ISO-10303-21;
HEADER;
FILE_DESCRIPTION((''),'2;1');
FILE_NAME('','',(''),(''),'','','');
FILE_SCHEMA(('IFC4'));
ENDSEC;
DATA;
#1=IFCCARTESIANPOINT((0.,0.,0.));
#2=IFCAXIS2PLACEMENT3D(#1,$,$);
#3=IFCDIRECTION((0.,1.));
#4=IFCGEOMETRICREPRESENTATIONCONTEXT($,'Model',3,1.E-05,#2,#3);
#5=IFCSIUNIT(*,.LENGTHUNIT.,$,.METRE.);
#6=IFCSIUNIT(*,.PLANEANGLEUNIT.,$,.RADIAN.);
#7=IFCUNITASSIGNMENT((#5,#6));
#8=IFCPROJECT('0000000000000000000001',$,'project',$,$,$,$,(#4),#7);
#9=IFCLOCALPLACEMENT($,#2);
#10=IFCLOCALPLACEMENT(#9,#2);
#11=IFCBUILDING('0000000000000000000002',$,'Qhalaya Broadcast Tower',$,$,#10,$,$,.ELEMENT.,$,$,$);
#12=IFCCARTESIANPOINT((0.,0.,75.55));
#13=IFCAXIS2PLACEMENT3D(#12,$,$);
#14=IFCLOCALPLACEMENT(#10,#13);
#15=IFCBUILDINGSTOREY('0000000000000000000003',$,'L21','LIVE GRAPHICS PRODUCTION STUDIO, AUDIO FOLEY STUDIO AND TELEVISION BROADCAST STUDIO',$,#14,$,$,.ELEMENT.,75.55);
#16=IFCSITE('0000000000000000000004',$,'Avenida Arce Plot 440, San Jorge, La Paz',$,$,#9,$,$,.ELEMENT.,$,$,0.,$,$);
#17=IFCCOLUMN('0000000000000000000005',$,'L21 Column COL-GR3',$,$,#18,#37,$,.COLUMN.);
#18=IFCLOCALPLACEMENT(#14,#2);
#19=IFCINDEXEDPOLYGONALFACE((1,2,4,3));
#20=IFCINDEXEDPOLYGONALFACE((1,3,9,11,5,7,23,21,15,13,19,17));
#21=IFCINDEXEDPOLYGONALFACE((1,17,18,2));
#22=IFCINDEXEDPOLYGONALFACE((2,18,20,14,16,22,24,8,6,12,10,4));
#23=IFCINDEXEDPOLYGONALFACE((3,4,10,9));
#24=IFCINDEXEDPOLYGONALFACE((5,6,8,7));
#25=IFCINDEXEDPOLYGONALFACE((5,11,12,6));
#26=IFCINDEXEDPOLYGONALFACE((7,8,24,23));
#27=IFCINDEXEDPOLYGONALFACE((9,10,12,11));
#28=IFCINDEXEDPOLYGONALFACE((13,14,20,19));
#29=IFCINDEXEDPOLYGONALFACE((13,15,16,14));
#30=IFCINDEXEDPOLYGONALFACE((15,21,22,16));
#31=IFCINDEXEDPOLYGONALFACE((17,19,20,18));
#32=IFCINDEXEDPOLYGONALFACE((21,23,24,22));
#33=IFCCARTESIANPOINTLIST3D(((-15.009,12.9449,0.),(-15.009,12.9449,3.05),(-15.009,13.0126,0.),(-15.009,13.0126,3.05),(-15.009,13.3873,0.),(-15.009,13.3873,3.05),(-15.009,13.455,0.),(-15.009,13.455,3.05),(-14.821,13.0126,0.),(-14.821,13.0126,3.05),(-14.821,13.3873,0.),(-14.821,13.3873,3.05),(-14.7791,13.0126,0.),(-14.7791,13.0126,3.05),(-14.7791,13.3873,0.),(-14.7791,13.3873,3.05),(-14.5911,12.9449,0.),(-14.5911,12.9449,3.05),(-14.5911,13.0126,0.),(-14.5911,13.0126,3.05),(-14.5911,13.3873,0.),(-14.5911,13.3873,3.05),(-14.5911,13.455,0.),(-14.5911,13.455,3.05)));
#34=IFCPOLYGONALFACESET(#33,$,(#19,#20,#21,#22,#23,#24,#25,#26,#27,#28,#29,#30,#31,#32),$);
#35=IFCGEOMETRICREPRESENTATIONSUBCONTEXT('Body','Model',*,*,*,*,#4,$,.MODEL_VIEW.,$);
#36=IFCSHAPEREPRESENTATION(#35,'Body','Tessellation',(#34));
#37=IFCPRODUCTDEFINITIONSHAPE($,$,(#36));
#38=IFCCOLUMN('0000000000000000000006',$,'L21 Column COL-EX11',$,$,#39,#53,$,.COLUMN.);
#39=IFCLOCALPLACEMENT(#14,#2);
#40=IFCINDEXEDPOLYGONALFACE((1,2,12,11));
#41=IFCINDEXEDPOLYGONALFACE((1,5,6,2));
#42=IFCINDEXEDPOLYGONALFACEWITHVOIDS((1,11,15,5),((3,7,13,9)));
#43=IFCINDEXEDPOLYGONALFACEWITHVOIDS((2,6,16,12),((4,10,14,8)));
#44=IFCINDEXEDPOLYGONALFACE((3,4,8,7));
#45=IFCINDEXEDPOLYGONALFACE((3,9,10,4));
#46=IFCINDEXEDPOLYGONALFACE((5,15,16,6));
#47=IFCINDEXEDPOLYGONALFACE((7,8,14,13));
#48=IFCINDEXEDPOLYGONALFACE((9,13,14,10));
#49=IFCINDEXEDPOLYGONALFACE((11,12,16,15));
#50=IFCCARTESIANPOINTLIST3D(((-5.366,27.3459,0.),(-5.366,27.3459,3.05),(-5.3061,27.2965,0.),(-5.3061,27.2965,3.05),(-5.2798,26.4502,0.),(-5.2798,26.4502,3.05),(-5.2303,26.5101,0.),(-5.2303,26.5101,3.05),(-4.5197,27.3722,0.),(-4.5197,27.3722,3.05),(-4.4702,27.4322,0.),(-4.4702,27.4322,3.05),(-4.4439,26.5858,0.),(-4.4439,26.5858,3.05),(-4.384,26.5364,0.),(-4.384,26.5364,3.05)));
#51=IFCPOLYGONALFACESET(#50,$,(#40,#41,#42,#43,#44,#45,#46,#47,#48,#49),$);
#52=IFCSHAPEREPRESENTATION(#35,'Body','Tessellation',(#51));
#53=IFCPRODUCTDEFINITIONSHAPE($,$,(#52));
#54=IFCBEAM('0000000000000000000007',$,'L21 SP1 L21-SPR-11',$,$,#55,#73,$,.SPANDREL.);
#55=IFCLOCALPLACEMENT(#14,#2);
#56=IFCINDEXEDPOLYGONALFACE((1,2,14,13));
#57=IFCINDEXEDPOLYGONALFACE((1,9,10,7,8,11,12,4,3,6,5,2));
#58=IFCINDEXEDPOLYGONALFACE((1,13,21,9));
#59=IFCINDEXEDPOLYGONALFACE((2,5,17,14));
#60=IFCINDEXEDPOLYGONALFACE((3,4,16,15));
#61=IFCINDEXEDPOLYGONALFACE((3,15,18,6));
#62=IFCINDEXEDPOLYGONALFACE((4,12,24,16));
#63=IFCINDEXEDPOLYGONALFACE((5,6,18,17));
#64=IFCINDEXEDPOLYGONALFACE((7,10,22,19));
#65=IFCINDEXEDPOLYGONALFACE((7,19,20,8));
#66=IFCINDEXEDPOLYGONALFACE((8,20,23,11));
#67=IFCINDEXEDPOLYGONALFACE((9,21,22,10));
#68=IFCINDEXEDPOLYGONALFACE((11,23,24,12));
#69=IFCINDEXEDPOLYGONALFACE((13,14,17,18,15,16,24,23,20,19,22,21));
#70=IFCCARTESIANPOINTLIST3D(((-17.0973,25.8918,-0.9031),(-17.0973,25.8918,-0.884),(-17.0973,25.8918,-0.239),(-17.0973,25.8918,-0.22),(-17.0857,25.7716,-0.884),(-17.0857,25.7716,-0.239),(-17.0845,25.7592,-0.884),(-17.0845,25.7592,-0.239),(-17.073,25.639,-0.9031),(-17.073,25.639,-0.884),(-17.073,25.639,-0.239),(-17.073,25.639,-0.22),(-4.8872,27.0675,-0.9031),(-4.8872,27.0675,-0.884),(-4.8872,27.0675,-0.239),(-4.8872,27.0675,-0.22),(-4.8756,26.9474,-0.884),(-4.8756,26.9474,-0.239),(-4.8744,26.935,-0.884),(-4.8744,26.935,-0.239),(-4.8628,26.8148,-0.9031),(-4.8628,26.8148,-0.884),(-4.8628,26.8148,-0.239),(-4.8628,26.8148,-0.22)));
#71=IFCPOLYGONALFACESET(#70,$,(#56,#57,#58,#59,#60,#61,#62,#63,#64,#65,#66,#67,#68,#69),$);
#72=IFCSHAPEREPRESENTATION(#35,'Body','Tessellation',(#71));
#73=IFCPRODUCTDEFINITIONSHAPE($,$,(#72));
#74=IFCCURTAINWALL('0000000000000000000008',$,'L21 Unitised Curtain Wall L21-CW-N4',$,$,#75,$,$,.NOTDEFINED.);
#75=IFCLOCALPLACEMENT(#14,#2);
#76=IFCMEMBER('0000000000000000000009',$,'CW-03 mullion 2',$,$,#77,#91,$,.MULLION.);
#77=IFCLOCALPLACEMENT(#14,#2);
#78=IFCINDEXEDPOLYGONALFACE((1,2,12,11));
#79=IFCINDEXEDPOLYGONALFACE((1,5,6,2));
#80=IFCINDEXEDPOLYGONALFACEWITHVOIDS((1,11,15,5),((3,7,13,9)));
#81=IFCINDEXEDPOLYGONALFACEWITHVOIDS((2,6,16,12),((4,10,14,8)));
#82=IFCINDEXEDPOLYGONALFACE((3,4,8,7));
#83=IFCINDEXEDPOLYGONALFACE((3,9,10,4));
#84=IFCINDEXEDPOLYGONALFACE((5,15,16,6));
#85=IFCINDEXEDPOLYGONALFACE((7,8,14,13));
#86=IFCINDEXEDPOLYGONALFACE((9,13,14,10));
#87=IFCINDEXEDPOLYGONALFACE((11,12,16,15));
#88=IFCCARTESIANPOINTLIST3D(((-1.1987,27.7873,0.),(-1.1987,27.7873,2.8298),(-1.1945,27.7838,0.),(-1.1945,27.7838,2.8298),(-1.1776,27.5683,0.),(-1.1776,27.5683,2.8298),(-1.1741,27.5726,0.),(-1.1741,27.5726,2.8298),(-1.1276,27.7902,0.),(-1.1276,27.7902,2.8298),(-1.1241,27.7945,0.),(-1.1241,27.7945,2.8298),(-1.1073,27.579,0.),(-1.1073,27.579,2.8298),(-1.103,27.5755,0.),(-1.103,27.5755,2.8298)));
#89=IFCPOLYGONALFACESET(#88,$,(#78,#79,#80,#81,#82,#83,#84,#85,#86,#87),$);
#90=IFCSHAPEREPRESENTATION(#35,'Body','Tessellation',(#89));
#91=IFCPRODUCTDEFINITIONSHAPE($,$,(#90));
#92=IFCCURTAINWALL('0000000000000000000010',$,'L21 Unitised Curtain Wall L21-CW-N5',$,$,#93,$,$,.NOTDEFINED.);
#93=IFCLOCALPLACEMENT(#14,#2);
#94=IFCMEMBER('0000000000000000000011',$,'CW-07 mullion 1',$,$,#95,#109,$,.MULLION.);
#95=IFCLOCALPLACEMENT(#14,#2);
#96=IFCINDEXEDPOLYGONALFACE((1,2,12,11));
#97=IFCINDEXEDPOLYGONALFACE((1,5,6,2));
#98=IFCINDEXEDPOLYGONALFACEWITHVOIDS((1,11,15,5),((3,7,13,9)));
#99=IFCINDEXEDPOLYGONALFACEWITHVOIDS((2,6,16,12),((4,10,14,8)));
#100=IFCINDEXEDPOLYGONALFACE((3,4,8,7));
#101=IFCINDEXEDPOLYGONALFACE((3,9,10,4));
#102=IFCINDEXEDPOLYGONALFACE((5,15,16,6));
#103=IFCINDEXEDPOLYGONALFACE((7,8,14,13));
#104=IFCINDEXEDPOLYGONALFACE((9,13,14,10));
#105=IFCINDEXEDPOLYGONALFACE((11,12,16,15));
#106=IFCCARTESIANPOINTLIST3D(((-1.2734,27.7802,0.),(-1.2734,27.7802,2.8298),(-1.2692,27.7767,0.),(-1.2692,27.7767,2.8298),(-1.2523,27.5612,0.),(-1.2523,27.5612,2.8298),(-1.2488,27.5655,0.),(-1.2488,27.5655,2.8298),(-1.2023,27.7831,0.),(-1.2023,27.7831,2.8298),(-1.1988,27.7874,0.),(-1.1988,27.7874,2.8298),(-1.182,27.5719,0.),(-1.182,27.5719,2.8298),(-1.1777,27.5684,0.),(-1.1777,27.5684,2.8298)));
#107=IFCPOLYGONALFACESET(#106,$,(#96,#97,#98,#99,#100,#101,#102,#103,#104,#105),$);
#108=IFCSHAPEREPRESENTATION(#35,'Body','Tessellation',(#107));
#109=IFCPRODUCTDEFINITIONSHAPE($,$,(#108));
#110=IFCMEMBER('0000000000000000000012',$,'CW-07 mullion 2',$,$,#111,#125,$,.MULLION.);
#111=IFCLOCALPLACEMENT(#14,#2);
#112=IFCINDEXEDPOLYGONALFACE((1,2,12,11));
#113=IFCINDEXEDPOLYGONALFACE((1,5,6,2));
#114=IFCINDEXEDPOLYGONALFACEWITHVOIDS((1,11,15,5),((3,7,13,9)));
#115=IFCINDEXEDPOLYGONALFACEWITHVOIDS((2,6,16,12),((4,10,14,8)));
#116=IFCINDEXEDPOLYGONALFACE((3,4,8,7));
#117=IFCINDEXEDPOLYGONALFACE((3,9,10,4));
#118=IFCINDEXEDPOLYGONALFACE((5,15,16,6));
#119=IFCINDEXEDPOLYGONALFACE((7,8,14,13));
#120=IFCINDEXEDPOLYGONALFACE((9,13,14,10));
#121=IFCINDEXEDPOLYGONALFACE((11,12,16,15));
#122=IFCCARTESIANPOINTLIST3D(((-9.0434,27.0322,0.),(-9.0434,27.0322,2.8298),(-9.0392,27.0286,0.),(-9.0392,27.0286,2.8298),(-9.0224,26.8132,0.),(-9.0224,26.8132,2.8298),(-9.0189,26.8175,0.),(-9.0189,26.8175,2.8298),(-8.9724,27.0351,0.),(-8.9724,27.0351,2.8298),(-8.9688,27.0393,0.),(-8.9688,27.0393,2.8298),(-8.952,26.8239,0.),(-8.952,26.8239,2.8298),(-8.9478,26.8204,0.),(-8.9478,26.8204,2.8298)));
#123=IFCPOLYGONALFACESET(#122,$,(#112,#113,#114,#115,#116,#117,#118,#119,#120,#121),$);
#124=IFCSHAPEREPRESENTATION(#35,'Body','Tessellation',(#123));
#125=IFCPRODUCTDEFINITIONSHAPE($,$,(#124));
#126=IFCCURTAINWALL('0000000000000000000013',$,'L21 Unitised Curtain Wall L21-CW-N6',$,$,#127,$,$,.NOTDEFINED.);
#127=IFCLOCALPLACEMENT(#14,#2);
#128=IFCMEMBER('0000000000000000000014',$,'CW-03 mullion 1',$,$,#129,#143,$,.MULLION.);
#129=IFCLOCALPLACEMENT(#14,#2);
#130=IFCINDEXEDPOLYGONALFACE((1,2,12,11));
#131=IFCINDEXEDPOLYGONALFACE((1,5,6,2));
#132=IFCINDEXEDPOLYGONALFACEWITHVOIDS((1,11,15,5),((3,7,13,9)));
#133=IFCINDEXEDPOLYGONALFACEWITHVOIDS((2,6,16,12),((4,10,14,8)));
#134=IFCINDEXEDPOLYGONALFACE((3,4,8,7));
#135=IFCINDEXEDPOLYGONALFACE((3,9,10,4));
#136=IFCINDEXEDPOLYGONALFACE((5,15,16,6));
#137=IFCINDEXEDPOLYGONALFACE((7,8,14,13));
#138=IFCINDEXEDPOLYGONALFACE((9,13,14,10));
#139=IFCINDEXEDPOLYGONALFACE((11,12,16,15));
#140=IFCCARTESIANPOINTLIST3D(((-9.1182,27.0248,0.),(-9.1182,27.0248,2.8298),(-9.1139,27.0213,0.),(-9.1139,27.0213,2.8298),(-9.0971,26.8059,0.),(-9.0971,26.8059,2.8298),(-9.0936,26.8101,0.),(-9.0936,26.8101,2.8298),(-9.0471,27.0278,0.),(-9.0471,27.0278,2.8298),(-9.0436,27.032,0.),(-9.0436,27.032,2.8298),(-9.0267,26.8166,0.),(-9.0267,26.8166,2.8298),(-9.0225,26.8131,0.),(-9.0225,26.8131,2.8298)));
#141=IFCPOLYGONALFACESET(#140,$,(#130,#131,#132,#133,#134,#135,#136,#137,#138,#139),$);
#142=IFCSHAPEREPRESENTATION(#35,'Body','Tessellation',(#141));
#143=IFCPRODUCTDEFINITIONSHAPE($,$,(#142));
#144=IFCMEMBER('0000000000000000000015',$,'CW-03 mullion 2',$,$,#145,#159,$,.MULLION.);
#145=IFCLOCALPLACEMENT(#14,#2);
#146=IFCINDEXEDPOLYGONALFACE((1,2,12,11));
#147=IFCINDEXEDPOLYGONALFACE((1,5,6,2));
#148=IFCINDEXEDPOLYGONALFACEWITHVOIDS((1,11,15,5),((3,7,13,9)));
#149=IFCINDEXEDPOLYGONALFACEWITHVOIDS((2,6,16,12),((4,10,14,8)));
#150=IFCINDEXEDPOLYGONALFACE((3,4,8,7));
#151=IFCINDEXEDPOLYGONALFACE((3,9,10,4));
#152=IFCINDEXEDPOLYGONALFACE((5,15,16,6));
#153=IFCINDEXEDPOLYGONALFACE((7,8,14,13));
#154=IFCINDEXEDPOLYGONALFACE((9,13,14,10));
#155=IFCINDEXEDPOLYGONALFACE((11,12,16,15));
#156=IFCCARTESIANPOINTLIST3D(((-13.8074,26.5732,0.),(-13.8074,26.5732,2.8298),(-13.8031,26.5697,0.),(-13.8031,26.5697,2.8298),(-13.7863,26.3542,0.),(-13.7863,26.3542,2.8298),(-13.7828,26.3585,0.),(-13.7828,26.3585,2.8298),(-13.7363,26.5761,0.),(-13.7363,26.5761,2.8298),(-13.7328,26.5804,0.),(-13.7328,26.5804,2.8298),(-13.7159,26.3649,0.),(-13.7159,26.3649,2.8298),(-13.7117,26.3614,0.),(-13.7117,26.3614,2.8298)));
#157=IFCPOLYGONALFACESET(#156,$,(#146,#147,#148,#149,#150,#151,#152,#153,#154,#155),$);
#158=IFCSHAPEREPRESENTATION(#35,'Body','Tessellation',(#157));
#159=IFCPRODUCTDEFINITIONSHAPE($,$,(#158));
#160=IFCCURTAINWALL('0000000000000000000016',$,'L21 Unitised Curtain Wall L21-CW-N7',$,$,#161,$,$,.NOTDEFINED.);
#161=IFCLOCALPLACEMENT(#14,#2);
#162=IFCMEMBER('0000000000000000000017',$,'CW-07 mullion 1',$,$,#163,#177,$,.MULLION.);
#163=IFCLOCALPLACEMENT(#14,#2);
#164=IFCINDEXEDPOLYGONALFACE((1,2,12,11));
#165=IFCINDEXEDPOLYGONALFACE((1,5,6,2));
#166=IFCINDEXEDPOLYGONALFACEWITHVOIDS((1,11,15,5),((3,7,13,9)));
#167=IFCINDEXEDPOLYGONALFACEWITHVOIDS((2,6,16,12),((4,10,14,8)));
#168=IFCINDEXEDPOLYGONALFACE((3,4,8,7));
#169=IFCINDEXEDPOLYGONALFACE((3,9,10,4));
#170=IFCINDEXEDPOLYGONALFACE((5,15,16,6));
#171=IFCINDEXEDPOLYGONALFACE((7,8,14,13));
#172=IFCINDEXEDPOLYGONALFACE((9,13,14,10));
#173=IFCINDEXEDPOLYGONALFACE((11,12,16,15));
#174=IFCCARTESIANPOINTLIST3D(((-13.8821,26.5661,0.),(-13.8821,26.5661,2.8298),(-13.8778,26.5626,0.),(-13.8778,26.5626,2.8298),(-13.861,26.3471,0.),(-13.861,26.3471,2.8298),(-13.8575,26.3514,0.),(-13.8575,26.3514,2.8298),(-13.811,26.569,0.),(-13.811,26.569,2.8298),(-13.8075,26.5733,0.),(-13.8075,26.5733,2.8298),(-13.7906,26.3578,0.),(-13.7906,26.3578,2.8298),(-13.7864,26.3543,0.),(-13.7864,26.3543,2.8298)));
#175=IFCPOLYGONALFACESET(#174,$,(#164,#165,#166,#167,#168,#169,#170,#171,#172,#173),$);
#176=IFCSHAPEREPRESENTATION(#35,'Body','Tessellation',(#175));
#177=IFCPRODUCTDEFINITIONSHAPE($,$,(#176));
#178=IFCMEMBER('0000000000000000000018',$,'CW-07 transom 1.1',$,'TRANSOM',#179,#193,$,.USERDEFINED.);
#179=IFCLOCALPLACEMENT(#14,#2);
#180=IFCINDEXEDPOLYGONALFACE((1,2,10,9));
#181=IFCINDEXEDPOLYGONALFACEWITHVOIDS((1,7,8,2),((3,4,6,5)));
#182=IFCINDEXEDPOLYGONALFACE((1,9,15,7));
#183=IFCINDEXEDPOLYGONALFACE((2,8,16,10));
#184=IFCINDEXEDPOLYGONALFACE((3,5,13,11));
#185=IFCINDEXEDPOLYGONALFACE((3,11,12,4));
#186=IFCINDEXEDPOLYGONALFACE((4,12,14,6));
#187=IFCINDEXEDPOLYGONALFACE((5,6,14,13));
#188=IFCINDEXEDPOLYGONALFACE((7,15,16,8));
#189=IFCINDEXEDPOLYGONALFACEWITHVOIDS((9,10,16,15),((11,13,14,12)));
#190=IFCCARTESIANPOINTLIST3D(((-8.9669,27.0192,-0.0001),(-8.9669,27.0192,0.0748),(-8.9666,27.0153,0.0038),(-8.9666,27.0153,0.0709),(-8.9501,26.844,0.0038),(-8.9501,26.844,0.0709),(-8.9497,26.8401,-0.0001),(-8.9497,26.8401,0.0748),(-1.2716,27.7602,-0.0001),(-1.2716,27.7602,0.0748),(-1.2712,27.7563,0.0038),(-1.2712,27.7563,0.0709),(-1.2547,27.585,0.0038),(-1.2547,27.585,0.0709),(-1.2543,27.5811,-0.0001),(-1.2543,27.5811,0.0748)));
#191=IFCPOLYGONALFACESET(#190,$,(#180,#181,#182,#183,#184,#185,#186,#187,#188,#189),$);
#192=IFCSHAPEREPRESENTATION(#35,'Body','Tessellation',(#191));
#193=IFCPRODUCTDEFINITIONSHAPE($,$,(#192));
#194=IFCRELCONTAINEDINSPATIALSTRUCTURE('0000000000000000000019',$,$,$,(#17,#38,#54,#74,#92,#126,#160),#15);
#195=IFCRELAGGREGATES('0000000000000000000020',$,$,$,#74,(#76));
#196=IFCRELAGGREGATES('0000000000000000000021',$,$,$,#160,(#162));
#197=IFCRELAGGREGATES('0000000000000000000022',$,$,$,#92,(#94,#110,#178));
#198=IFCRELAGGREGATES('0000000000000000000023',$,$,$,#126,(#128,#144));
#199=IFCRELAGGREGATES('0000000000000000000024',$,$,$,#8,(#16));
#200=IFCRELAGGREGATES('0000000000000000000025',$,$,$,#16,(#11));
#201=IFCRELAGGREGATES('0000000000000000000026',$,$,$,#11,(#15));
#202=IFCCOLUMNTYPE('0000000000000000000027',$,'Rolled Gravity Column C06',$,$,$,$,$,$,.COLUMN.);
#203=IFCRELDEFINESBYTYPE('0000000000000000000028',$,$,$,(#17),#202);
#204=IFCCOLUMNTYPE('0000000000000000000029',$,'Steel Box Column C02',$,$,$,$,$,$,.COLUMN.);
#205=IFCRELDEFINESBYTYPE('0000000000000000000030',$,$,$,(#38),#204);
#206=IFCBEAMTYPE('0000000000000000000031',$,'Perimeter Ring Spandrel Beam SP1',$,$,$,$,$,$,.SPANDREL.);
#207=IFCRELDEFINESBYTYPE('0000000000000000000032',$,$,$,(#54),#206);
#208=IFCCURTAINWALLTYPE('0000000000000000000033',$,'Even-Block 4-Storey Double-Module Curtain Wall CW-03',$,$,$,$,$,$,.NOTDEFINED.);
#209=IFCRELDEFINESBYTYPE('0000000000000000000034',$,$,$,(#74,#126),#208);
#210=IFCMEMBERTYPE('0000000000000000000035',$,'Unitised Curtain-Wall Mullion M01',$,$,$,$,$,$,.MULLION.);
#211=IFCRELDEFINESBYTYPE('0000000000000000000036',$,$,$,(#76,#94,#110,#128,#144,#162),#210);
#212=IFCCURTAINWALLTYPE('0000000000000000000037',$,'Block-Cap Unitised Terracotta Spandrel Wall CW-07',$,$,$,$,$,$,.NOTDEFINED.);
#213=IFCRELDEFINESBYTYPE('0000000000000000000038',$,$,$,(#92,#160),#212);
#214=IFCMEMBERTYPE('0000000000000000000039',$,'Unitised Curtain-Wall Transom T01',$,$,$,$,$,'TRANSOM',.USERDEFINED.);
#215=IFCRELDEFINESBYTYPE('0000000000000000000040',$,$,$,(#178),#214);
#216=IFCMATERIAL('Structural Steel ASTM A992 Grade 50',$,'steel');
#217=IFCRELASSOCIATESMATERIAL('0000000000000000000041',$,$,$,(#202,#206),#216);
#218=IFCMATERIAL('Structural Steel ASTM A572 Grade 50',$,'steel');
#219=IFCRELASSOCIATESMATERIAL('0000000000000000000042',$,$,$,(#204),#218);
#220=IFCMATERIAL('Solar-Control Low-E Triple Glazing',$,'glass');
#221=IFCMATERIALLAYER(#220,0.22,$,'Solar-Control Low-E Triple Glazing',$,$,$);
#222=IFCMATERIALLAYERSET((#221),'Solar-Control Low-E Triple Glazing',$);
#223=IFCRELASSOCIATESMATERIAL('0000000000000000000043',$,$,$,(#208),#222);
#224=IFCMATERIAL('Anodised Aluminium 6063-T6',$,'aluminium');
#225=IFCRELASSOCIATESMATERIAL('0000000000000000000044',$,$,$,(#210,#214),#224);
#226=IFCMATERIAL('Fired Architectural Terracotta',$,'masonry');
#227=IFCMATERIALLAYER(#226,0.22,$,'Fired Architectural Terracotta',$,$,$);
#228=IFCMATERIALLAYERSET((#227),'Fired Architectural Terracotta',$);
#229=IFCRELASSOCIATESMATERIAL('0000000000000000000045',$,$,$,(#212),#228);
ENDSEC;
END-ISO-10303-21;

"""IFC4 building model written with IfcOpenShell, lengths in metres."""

from ifc_helpers import new_model, si_unit, direction, frame, origin, origin_2d, place, context, subcontext, project, spatial, hollow_rectangle, i_section, extrude, material, layer, layer_set, material_profile, profile_set, type_object, element, aggregate, save


model = new_model("IFC4")

# Units and contexts
model_context = context("Model", 3, precision=1e-05, world=origin(), true_north=direction((0.0, 1.0)))
body_context = subcontext(model_context, "Body", "Model", "MODEL_VIEW")
ifc_project = project(units=[si_unit("LENGTHUNIT", "METRE"), si_unit("PLANEANGLEUNIT", "RADIAN")], contexts=[model_context])

# Site, building, storey
site_placement = place(None, origin())
site = spatial("IfcSite", under=ifc_project, at=site_placement, Name="Avenida Arce Plot 440, San Jorge, La Paz", CompositionType="ELEMENT", RefElevation=0.0)
building_placement = place(site_placement, origin())
building = spatial("IfcBuilding", under=site, at=building_placement, Name="Qhalaya Broadcast Tower", CompositionType="ELEMENT")
storey_placement = place(building_placement, frame((0.0, 0.0, 75.55)))
storey = spatial("IfcBuildingStorey", under=building, at=storey_placement, Name="L21", Description="LIVE GRAPHICS PRODUCTION STUDIO, AUDIO FOLEY STUDIO AND TELEVISION BROADCAST STUDIO", CompositionType="ELEMENT", Elevation=75.55)

# Columns
ifc_material_1 = material(Name="Structural Steel ASTM A992 Grade 50", Category="steel")
ifc_material_profile_1 = material_profile(ifc_material_1, i_section(OverallWidth=0.418, OverallDepth=0.51, WebThickness=0.042, FlangeThickness=0.0676, at=origin_2d()), Name="W14X370")
ifc_profile_set_1 = profile_set([ifc_material_profile_1], Name="Structural Steel ASTM A992 Grade 50")
column_type_1 = type_object("IfcColumnType", Name="Rolled Gravity Column C06", PredefinedType="COLUMN", material=ifc_profile_set_1)
column_1_placement = place(storey_placement, frame((-14.8, 13.2, 0.0), z_axis=(0.0, 0.0, 1.0), x_axis=(1.0, 0.0, 0.0)))
element("IfcColumn", 1, at=column_1_placement, inside=storey, type_object=column_type_1, Name="L21 Column COL-GR3", PredefinedType="COLUMN", context=body_context, shape_type="SweptSolid", body=[
    extrude(i_section(OverallWidth=0.418, OverallDepth=0.51, WebThickness=0.042, FlangeThickness=0.0676, at=origin_2d()), origin(), (0.0, 0.0, 1.0), 3.05),
])
ifc_material_2 = material(Name="Structural Steel ASTM A572 Grade 50", Category="steel")
ifc_material_profile_2 = material_profile(ifc_material_2, hollow_rectangle(XDim=0.8999, YDim=0.8999, WallThickness=0.0549, at=origin_2d()), Name="BOX 900x900x55")
ifc_profile_set_2 = profile_set([ifc_material_profile_2], Name="Structural Steel ASTM A572 Grade 50")
column_type_2 = type_object("IfcColumnType", Name="Steel Box Column C02", PredefinedType="COLUMN", material=ifc_profile_set_2)
column_2_placement = place(storey_placement, frame((-4.875, 26.9412, 0.0), z_axis=(0.0, 0.0, 1.0), x_axis=(0.995396, 0.095846, 0.0)))
element("IfcColumn", 2, at=column_2_placement, inside=storey, type_object=column_type_2, Name="L21 Column COL-EX11", PredefinedType="COLUMN", context=body_context, shape_type="SweptSolid", body=[
    extrude(hollow_rectangle(XDim=0.8999, YDim=0.8999, WallThickness=0.0549, at=origin_2d()), origin(), (0.0, 0.0, 1.0), 3.05),
])

# Beam
ifc_material_profile_3 = material_profile(ifc_material_1, i_section(OverallWidth=0.2539, OverallDepth=0.6831, WebThickness=0.0125, FlangeThickness=0.019, at=origin_2d()), Name="W27X94")
ifc_profile_set_3 = profile_set([ifc_material_profile_3], Name="Structural Steel ASTM A992 Grade 50")
beam_type = type_object("IfcBeamType", Name="Perimeter Ring Spandrel Beam SP1", PredefinedType="SPANDREL", material=ifc_profile_set_3)
beam_placement = place(storey_placement, frame((-4.875, 26.9412, -0.5615), z_axis=(-0.995396, -0.095852, 0.0), x_axis=(0.095852, -0.995396, 0.0)))
element("IfcBeam", 3, at=beam_placement, inside=storey, type_object=beam_type, Name="L21 SP1 L21-SPR-11", PredefinedType="SPANDREL", context=body_context, shape_type="SweptSolid", body=[
    extrude(i_section(OverallWidth=0.2539, OverallDepth=0.6831, WebThickness=0.0125, FlangeThickness=0.019, at=origin_2d()), origin(), (0.0, 0.0, 1.0), 12.2666),
])

# Curtain wall, member
ifc_material_3 = material(Name="Solar-Control Low-E Triple Glazing", Category="glass")
ifc_layer_1 = layer(ifc_material_3, 0.22, Name="Solar-Control Low-E Triple Glazing")
ifc_layer_set_1 = layer_set([ifc_layer_1], Name="Solar-Control Low-E Triple Glazing")
curtain_wall_type_1 = type_object("IfcCurtainWallType", Name="Even-Block 4-Storey Double-Module Curtain Wall CW-03", PredefinedType="NOTDEFINED", material=ifc_layer_set_1)
curtain_wall_1_placement = place(storey_placement, origin())
curtain_wall_1 = element("IfcCurtainWall", 4, at=curtain_wall_1_placement, inside=storey, type_object=curtain_wall_type_1, Name="L21 Unitised Curtain Wall L21-CW-N4", PredefinedType="NOTDEFINED")
ifc_material_4 = material(Name="Anodised Aluminium 6063-T6", Category="aluminium")
ifc_material_profile_4 = material_profile(ifc_material_4, hollow_rectangle(XDim=0.075, YDim=0.22, WallThickness=0.0039, at=origin_2d()), Name="ALU-MUL 75x220x4")
ifc_profile_set_4 = profile_set([ifc_material_profile_4], Name="Anodised Aluminium 6063-T6")
member_type_1 = type_object("IfcMemberType", Name="Unitised Curtain-Wall Mullion M01", PredefinedType="MULLION", material=ifc_profile_set_4)
member_1_placement = place(storey_placement, frame((-1.1509, 27.6814, 0.0), z_axis=(0.0, 0.0, 1.0), x_axis=(-0.995395, -0.095862, 0.0)))
member_1 = element("IfcMember", 5, at=member_1_placement, type_object=member_type_1, Name="CW-03 mullion 2", PredefinedType="MULLION", context=body_context, shape_type="SweptSolid", body=[
    extrude(hollow_rectangle(XDim=0.075, YDim=0.22, WallThickness=0.0039, at=origin_2d()), origin(), (0.0, 0.0, 1.0), 2.8298),
])
aggregate(curtain_wall_1, [member_1])

# Curtain walls, members
ifc_material_5 = material(Name="Fired Architectural Terracotta", Category="masonry")
ifc_layer_2 = layer(ifc_material_5, 0.22, Name="Fired Architectural Terracotta")
ifc_layer_set_2 = layer_set([ifc_layer_2], Name="Fired Architectural Terracotta")
curtain_wall_type_2 = type_object("IfcCurtainWallType", Name="Block-Cap Unitised Terracotta Spandrel Wall CW-07", PredefinedType="NOTDEFINED", material=ifc_layer_set_2)
curtain_wall_2_placement = place(storey_placement, origin())
curtain_wall_2 = element("IfcCurtainWall", 6, at=curtain_wall_2_placement, inside=storey, type_object=curtain_wall_type_2, Name="L21 Unitised Curtain Wall L21-CW-N5", PredefinedType="NOTDEFINED")
member_2_placement = place(storey_placement, frame((-1.2256, 27.6743, 0.0), z_axis=(0.0, 0.0, 1.0), x_axis=(-0.995397, -0.095838, 0.0)))
member_2 = element("IfcMember", 7, at=member_2_placement, type_object=member_type_1, Name="CW-07 mullion 1", PredefinedType="MULLION", context=body_context, shape_type="SweptSolid", body=[
    extrude(hollow_rectangle(XDim=0.075, YDim=0.22, WallThickness=0.0039, at=origin_2d()), origin(), (0.0, 0.0, 1.0), 2.8298),
])
member_3_placement = place(storey_placement, frame((-8.9956, 26.9263, 0.0), z_axis=(0.0, 0.0, 1.0), x_axis=(-0.995397, -0.095838, 0.0)))
member_3 = element("IfcMember", 8, at=member_3_placement, type_object=member_type_1, Name="CW-07 mullion 2", PredefinedType="MULLION", context=body_context, shape_type="SweptSolid", body=[
    extrude(hollow_rectangle(XDim=0.075, YDim=0.22, WallThickness=0.0039, at=origin_2d()), origin(), (0.0, 0.0, 1.0), 2.8298),
])
curtain_wall_3_placement = place(storey_placement, origin())
curtain_wall_3 = element("IfcCurtainWall", 9, at=curtain_wall_3_placement, inside=storey, type_object=curtain_wall_type_1, Name="L21 Unitised Curtain Wall L21-CW-N6", PredefinedType="NOTDEFINED")
member_4_placement = place(storey_placement, frame((-9.0703, 26.9189, 0.0), z_axis=(0.0, 0.0, 1.0), x_axis=(-0.995394, -0.095864, 0.0)))
member_4 = element("IfcMember", 10, at=member_4_placement, type_object=member_type_1, Name="CW-03 mullion 1", PredefinedType="MULLION", context=body_context, shape_type="SweptSolid", body=[
    extrude(hollow_rectangle(XDim=0.075, YDim=0.22, WallThickness=0.0039, at=origin_2d()), origin(), (0.0, 0.0, 1.0), 2.8298),
])
member_5_placement = place(storey_placement, frame((-13.7595, 26.4673, 0.0), z_axis=(0.0, 0.0, 1.0), x_axis=(-0.995394, -0.095864, 0.0)))
member_5 = element("IfcMember", 11, at=member_5_placement, type_object=member_type_1, Name="CW-03 mullion 2", PredefinedType="MULLION", context=body_context, shape_type="SweptSolid", body=[
    extrude(hollow_rectangle(XDim=0.075, YDim=0.22, WallThickness=0.0039, at=origin_2d()), origin(), (0.0, 0.0, 1.0), 2.8298),
])

# Curtain wall, member
curtain_wall_4_placement = place(storey_placement, origin())
curtain_wall_4 = element("IfcCurtainWall", 12, at=curtain_wall_4_placement, inside=storey, type_object=curtain_wall_type_2, Name="L21 Unitised Curtain Wall L21-CW-N7", PredefinedType="NOTDEFINED")
member_6_placement = place(storey_placement, frame((-13.8342, 26.4602, 0.0), z_axis=(0.0, 0.0, 1.0), x_axis=(-0.995397, -0.095834, 0.0)))
member_6 = element("IfcMember", 13, at=member_6_placement, type_object=member_type_1, Name="CW-07 mullion 1", PredefinedType="MULLION", context=body_context, shape_type="SweptSolid", body=[
    extrude(hollow_rectangle(XDim=0.075, YDim=0.22, WallThickness=0.0039, at=origin_2d()), origin(), (0.0, 0.0, 1.0), 2.8298),
])

# Member
ifc_material_profile_5 = material_profile(ifc_material_4, hollow_rectangle(XDim=0.075, YDim=0.1799, WallThickness=0.0039, at=origin_2d()), Name="ALU-TRN 75x180x4")
ifc_profile_set_5 = profile_set([ifc_material_profile_5], Name="Anodised Aluminium 6063-T6")
member_type_2 = type_object("IfcMemberType", Name="Unitised Curtain-Wall Transom T01", ElementType="TRANSOM", PredefinedType="USERDEFINED", material=ifc_profile_set_5)
member_7_placement = place(storey_placement, frame((-1.2629, 27.6707, 0.0374), z_axis=(-0.995396, -0.095845, 0.0), x_axis=(0.0, 0.0, 1.0)))
member_7 = element("IfcMember", 14, at=member_7_placement, type_object=member_type_2, Name="CW-07 transom 1.1", ObjectType="TRANSOM", PredefinedType="USERDEFINED", context=body_context, shape_type="SweptSolid", body=[
    extrude(hollow_rectangle(XDim=0.075, YDim=0.1799, WallThickness=0.0039, at=origin_2d()), origin(), (0.0, 0.0, 1.0), 7.731),
])
aggregate(curtain_wall_4, [member_6])

aggregate(curtain_wall_2, [member_2, member_3, member_7])
aggregate(curtain_wall_3, [member_4, member_5])

save(model, "model.ifc")
